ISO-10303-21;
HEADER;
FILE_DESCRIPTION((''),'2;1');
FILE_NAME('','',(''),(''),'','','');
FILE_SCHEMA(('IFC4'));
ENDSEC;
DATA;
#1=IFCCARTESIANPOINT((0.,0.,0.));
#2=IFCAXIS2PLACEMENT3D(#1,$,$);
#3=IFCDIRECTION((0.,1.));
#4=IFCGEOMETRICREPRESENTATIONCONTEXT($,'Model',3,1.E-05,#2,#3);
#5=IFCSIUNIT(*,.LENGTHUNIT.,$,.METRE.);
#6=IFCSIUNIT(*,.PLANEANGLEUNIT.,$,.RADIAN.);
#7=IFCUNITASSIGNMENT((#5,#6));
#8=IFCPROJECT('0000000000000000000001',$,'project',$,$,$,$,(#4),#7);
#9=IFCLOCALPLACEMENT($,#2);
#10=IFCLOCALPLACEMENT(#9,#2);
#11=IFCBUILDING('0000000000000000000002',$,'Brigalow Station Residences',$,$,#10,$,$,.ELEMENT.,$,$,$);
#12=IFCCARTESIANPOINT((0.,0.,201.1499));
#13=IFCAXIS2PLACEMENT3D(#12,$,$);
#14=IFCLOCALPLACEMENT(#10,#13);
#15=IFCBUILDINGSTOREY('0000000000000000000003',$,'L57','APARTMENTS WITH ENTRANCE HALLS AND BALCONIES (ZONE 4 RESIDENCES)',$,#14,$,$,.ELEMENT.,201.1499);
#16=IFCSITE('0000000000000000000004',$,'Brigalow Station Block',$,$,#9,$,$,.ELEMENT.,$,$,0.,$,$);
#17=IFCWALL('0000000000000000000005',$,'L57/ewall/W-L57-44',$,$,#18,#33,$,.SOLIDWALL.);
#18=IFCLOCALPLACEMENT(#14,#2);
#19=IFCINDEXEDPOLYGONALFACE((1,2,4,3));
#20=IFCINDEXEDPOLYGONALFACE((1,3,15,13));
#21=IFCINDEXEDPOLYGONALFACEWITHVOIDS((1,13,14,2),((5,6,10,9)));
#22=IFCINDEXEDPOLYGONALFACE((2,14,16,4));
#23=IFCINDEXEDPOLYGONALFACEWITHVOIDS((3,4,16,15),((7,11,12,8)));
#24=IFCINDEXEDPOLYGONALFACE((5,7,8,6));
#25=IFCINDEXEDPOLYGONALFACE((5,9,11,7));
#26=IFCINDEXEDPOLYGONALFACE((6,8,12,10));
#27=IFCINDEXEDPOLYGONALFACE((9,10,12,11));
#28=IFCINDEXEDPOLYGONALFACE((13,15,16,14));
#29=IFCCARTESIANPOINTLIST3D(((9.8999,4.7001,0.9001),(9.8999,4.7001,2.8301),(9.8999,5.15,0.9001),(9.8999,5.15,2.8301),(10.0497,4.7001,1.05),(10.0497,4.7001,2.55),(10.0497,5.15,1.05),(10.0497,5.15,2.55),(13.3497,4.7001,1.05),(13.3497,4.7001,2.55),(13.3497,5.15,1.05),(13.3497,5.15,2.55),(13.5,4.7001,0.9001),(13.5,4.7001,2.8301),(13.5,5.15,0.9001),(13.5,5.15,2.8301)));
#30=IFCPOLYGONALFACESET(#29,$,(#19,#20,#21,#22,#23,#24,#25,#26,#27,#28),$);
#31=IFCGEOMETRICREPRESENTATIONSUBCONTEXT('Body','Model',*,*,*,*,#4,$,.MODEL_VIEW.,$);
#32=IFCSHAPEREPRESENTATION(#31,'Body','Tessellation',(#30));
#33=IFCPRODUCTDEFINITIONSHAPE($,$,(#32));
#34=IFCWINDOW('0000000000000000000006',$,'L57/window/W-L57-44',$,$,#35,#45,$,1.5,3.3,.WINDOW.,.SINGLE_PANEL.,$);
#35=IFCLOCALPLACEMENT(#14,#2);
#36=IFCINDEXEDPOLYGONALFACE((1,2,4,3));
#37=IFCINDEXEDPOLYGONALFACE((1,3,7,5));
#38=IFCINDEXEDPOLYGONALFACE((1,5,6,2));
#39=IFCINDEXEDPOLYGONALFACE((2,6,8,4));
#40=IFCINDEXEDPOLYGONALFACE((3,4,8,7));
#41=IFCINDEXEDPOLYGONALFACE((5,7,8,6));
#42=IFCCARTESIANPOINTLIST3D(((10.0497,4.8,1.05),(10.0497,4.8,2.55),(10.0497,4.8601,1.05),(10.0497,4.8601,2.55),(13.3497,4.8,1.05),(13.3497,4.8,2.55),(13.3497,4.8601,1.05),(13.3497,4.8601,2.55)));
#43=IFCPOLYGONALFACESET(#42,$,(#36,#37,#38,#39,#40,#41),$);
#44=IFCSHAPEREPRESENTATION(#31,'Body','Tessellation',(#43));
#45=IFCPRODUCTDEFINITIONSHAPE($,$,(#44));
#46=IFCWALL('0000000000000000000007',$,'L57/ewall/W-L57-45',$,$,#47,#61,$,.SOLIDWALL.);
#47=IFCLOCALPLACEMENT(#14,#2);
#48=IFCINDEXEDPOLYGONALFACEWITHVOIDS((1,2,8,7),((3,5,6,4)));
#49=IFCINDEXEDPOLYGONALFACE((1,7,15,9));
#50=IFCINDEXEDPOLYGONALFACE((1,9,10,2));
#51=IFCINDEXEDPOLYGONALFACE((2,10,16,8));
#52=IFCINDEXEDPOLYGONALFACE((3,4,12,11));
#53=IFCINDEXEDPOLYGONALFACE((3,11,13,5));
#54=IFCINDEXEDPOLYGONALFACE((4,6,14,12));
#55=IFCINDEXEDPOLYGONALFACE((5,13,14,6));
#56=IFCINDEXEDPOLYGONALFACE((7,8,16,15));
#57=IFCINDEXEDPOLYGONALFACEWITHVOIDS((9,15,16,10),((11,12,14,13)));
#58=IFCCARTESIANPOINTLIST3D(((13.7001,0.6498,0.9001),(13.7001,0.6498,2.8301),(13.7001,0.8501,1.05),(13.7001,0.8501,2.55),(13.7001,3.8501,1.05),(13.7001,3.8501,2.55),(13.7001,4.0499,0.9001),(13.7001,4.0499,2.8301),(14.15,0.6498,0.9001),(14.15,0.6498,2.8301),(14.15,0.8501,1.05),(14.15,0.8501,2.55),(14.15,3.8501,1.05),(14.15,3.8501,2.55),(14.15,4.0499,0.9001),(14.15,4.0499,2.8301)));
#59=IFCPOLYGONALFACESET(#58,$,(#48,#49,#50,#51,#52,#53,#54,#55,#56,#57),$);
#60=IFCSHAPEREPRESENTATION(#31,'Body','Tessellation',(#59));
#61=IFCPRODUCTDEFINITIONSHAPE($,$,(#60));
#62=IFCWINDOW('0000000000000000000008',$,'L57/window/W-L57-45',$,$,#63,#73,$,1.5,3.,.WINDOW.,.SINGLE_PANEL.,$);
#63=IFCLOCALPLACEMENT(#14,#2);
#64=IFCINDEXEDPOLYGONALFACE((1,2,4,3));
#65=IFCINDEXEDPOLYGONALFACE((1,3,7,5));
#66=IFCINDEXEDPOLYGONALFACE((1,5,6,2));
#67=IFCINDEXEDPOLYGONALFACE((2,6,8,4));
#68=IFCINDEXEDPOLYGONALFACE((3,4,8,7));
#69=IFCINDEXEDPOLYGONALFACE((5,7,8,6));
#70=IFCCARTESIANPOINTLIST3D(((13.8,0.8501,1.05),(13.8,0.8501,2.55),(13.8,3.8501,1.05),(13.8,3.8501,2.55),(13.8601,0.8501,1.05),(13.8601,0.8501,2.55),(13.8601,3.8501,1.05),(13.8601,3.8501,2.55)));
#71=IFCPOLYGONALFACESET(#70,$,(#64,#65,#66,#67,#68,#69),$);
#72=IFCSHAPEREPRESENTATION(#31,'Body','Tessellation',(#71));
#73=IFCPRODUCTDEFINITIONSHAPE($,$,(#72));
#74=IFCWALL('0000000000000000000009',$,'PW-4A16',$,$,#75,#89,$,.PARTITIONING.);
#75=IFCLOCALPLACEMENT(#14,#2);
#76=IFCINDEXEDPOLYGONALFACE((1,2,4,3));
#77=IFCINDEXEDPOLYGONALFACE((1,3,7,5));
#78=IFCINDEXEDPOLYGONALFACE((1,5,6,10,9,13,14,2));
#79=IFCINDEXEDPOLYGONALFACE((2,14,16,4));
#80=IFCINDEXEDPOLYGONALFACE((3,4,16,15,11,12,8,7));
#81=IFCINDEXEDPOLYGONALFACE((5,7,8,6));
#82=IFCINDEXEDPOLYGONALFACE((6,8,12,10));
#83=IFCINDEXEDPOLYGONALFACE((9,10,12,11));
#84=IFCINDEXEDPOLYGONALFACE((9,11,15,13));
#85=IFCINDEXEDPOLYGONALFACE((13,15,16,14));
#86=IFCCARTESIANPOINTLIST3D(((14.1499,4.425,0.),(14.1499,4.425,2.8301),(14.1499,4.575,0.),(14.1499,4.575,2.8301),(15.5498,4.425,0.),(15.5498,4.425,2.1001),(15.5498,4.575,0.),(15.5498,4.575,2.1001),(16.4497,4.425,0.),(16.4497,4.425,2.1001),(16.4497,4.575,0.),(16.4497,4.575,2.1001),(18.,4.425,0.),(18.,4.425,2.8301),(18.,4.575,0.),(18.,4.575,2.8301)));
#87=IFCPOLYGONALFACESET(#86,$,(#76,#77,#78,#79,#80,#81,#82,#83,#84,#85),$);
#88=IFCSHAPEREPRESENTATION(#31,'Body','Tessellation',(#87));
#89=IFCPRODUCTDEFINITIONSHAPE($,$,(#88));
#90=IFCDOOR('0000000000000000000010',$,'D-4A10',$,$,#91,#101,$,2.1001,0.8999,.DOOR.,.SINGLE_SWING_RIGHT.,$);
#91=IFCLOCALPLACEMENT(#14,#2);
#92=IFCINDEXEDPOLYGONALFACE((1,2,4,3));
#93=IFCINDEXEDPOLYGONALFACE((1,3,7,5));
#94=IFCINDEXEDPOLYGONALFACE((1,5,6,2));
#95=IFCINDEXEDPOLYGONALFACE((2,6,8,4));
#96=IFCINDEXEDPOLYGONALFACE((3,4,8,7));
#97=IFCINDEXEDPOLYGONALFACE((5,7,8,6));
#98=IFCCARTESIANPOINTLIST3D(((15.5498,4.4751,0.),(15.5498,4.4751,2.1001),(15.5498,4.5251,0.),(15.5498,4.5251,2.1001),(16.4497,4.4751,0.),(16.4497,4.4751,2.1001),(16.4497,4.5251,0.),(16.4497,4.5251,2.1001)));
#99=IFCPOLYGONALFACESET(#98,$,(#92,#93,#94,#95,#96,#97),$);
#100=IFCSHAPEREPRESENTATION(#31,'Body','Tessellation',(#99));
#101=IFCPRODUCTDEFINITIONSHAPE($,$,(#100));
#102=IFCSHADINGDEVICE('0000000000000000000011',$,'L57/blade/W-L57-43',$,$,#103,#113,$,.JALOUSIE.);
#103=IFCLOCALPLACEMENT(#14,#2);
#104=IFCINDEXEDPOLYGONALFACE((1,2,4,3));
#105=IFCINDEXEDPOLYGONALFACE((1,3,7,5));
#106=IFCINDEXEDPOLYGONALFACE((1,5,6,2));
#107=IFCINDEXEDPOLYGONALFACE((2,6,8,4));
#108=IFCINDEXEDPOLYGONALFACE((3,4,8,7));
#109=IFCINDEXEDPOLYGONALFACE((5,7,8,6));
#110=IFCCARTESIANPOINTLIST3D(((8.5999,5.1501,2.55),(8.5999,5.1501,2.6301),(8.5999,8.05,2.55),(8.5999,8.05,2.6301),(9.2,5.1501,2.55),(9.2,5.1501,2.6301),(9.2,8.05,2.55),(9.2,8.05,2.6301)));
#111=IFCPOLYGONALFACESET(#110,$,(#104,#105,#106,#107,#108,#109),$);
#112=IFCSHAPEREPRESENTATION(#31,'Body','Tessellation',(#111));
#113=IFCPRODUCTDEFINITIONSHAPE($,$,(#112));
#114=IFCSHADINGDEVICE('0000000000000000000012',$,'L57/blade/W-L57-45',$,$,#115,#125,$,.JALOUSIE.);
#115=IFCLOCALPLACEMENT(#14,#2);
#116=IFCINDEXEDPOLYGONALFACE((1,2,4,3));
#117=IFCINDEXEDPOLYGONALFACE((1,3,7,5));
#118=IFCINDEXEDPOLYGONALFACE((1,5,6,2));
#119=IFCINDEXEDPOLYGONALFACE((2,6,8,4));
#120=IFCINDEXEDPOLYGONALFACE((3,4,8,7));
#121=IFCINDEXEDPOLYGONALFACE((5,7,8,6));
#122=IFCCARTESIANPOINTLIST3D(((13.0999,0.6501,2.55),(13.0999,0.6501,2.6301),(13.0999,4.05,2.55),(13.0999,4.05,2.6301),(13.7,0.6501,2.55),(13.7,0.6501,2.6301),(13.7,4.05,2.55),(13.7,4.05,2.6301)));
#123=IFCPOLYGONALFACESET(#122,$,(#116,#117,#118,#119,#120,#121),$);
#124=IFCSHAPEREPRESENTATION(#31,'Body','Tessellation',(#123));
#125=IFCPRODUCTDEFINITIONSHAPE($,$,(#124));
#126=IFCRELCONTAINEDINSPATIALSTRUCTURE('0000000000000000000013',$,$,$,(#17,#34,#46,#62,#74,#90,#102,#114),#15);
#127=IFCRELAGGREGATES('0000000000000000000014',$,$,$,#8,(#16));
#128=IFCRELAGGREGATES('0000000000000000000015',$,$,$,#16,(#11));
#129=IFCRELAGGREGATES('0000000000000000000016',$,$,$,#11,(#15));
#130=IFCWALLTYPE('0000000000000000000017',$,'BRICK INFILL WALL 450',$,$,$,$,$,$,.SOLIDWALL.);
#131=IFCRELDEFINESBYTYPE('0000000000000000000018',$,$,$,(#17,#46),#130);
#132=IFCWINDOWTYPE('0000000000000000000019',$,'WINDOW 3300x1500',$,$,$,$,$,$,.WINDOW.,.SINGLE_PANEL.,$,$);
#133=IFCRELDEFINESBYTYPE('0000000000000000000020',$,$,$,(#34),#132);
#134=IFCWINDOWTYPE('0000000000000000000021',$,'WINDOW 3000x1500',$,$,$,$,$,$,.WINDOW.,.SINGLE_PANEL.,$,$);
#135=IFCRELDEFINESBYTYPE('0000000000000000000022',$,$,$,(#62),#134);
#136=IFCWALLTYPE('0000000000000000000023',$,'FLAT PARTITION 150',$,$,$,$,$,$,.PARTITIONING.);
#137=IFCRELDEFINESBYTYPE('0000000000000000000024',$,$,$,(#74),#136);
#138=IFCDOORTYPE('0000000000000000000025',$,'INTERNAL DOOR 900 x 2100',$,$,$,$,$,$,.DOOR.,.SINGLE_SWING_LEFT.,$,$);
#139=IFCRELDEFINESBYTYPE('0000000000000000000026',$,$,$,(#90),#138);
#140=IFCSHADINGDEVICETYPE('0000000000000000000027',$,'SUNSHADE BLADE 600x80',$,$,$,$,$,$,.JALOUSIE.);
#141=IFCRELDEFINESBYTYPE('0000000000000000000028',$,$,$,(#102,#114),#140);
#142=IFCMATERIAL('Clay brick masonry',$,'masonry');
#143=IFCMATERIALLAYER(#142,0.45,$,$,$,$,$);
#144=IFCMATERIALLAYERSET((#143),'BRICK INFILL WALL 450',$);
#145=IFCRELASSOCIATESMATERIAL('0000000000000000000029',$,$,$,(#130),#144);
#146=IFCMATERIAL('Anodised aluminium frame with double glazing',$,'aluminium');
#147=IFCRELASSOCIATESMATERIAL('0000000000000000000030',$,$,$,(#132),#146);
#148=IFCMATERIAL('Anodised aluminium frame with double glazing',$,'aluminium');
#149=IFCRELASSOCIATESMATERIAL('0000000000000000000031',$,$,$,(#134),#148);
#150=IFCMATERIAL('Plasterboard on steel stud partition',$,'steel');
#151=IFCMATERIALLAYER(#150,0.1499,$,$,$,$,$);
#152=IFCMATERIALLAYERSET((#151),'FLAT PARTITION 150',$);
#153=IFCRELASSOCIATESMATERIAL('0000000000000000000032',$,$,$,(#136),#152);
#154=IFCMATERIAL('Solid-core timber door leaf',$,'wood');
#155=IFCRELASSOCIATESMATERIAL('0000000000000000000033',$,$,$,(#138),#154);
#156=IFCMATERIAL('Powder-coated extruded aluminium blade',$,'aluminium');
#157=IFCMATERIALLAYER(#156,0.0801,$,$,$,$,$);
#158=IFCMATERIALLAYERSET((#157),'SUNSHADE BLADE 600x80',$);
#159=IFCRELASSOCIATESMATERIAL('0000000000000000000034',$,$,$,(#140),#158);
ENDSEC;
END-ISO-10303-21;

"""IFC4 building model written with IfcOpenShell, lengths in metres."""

from ifc_helpers import new_model, si_unit, direction, frame, frame_2d, origin, origin_2d, place, context, subcontext, project, spatial, rectangle, extrude, material, layer, layer_set, type_object, element, fill, save


model = new_model("IFC4")

# Units and contexts
model_context = context("Model", 3, precision=1e-05, world=origin(), true_north=direction((0.0, 1.0)))
body_context = subcontext(model_context, "Body", "Model", "MODEL_VIEW")
ifc_project = project(units=[si_unit("LENGTHUNIT", "METRE"), si_unit("PLANEANGLEUNIT", "RADIAN")], contexts=[model_context])

# Site, building, storey
site_placement = place(None, origin())
site = spatial("IfcSite", under=ifc_project, at=site_placement, Name="Brigalow Station Block", CompositionType="ELEMENT", RefElevation=0.0)
building_placement = place(site_placement, origin())
building = spatial("IfcBuilding", under=site, at=building_placement, Name="Brigalow Station Residences", CompositionType="ELEMENT")
storey_placement = place(building_placement, frame((0.0, 0.0, 201.1499)))
storey = spatial("IfcBuildingStorey", under=building, at=storey_placement, Name="L57", Description="APARTMENTS WITH ENTRANCE HALLS AND BALCONIES (ZONE 4 RESIDENCES)", CompositionType="ELEMENT", Elevation=201.1499)

# Walls, openings, windows
ifc_material_1 = material(Name="Clay brick masonry", Category="masonry")
ifc_layer_1 = layer(ifc_material_1, 0.45)
ifc_layer_set_1 = layer_set([ifc_layer_1], Name="BRICK INFILL WALL 450")
wall_type_1 = type_object("IfcWallType", Name="BRICK INFILL WALL 450", PredefinedType="SOLIDWALL", material=ifc_layer_set_1)
wall_1_placement = place(storey_placement, frame((9.8999, 4.925, 0.9001), z_axis=(0.0, 0.0, 1.0), x_axis=(1.0, 0.0, 0.0)))
wall_1 = element("IfcWall", 1, at=wall_1_placement, inside=storey, type_object=wall_type_1, Name="L57/ewall/W-L57-44", PredefinedType="SOLIDWALL", context=body_context, shape_type="SweptSolid", body=[
    extrude(rectangle(XDim=3.6001, YDim=0.45, at=frame_2d((1.8, 0.0))), origin(), (0.0, 0.0, 1.0), 1.9299),
])
opening_1_placement = place(wall_1_placement, frame((0.1499, 0.0, 0.1499)))
opening_1 = element("IfcOpeningElement", 2, at=opening_1_placement, cuts=wall_1, PredefinedType="OPENING", context=body_context, shape_type="SweptSolid", body=[
    extrude(rectangle(XDim=3.3, YDim=1.5, at=frame_2d((1.6499, 0.75))), frame((0.0, 0.2349, 0.0), z_axis=(0.0, -1.0, 0.0), x_axis=(1.0, 0.0, 0.0)), (0.0, 0.0, 1.0), 0.47),
])
ifc_material_2 = material(Name="Anodised aluminium frame with double glazing", Category="aluminium")
window_type_1 = type_object("IfcWindowType", Name="WINDOW 3300x1500", PartitioningType="SINGLE_PANEL", PredefinedType="WINDOW", material=ifc_material_2)
window_1_placement = place(opening_1_placement, origin())
window_1 = element("IfcWindow", 3, at=window_1_placement, inside=storey, type_object=window_type_1, Name="L57/window/W-L57-44", OverallHeight=1.5, OverallWidth=3.3, PartitioningType="SINGLE_PANEL", PredefinedType="WINDOW", context=body_context, shape_type="SweptSolid", body=[
    extrude(rectangle(XDim=3.3, YDim=1.5, at=frame_2d((1.6499, 0.75))), frame((0.0, -0.0649, 0.0), z_axis=(0.0, -1.0, 0.0), x_axis=(1.0, 0.0, 0.0)), (0.0, 0.0, 1.0), 0.0601),
])
fill(opening_1, window_1)
wall_2_placement = place(storey_placement, frame((13.925, 4.05, 0.9001), z_axis=(0.0, 0.0, 1.0), x_axis=(0.0, -1.0, 0.0)))
wall_2 = element("IfcWall", 4, at=wall_2_placement, inside=storey, type_object=wall_type_1, Name="L57/ewall/W-L57-45", PredefinedType="SOLIDWALL", context=body_context, shape_type="SweptSolid", body=[
    extrude(rectangle(XDim=3.4001, YDim=0.45, at=frame_2d((1.7002, 0.0))), origin(), (0.0, 0.0, 1.0), 1.9299),
])
opening_2_placement = place(wall_2_placement, frame((0.2, 0.0, 0.1499)))
opening_2 = element("IfcOpeningElement", 5, at=opening_2_placement, cuts=wall_2, PredefinedType="OPENING", context=body_context, shape_type="SweptSolid", body=[
    extrude(rectangle(XDim=3.0, YDim=1.5, at=frame_2d((1.5, 0.75))), frame((0.0, 0.2349, 0.0), z_axis=(0.0, -1.0, 0.0), x_axis=(1.0, 0.0, 0.0)), (0.0, 0.0, 1.0), 0.47),
])
ifc_material_3 = material(Name="Anodised aluminium frame with double glazing", Category="aluminium")
window_type_2 = type_object("IfcWindowType", Name="WINDOW 3000x1500", PartitioningType="SINGLE_PANEL", PredefinedType="WINDOW", material=ifc_material_3)
window_2_placement = place(opening_2_placement, origin())
window_2 = element("IfcWindow", 6, at=window_2_placement, inside=storey, type_object=window_type_2, Name="L57/window/W-L57-45", OverallHeight=1.5, OverallWidth=3.0, PartitioningType="SINGLE_PANEL", PredefinedType="WINDOW", context=body_context, shape_type="SweptSolid", body=[
    extrude(rectangle(XDim=3.0, YDim=1.5, at=frame_2d((1.5, 0.75))), frame((0.0, -0.0649, 0.0), z_axis=(0.0, -1.0, 0.0), x_axis=(1.0, 0.0, 0.0)), (0.0, 0.0, 1.0), 0.0601),
])
fill(opening_2, window_2)

# Wall, opening, door
ifc_material_4 = material(Name="Plasterboard on steel stud partition", Category="steel")
ifc_layer_2 = layer(ifc_material_4, 0.1499)
ifc_layer_set_2 = layer_set([ifc_layer_2], Name="FLAT PARTITION 150")
wall_type_2 = type_object("IfcWallType", Name="FLAT PARTITION 150", PredefinedType="PARTITIONING", material=ifc_layer_set_2)
wall_3_placement = place(storey_placement, frame((14.1499, 4.5, 0.0), z_axis=(0.0, 0.0, 1.0), x_axis=(1.0, 0.0, 0.0)))
wall_3 = element("IfcWall", 7, at=wall_3_placement, inside=storey, type_object=wall_type_2, Name="PW-4A16", PredefinedType="PARTITIONING", context=body_context, shape_type="SweptSolid", body=[
    extrude(rectangle(XDim=3.8501, YDim=0.1499, at=frame_2d((1.925, 0.0))), origin(), (0.0, 0.0, 1.0), 2.8301),
])
opening_3_placement = place(wall_3_placement, frame((1.3999, 0.0, 0.0)))
opening_3 = element("IfcOpeningElement", 8, at=opening_3_placement, cuts=wall_3, PredefinedType="OPENING", context=body_context, shape_type="SweptSolid", body=[
    extrude(rectangle(XDim=0.8999, YDim=2.1001, at=frame_2d((0.45, 1.05))), frame((0.0, 0.085, 0.0), z_axis=(0.0, -1.0, 0.0), x_axis=(1.0, 0.0, 0.0)), (0.0, 0.0, 1.0), 0.1699),
])
ifc_material_5 = material(Name="Solid-core timber door leaf", Category="wood")
door_type = type_object("IfcDoorType", Name="INTERNAL DOOR 900 x 2100", OperationType="SINGLE_SWING_LEFT", PredefinedType="DOOR", material=ifc_material_5)
door_placement = place(opening_3_placement, frame((0.8999, 0.0, 0.0), z_axis=(0.0, 0.0, 1.0), x_axis=(-1.0, 0.0, 0.0)))
door = element("IfcDoor", 9, at=door_placement, inside=storey, type_object=door_type, Name="D-4A10", OperationType="SINGLE_SWING_RIGHT", OverallHeight=2.1001, OverallWidth=0.8999, PredefinedType="DOOR", context=body_context, shape_type="SweptSolid", body=[
    extrude(rectangle(XDim=0.8999, YDim=2.1001, at=frame_2d((0.45, 1.05))), frame((0.0, 0.0249, 0.0), z_axis=(0.0, -1.0, 0.0), x_axis=(1.0, 0.0, 0.0)), (0.0, 0.0, 1.0), 0.05),
])
fill(opening_3, door)

# Shading devices
ifc_material_6 = material(Name="Powder-coated extruded aluminium blade", Category="aluminium")
ifc_layer_3 = layer(ifc_material_6, 0.0801)
ifc_layer_set_3 = layer_set([ifc_layer_3], Name="SUNSHADE BLADE 600x80")
shading_device_type = type_object("IfcShadingDeviceType", Name="SUNSHADE BLADE 600x80", PredefinedType="JALOUSIE", material=ifc_layer_set_3)
shading_device_1_placement = place(storey_placement, frame((8.8999, 6.6001, 2.55), z_axis=(0.0, 0.0, 1.0), x_axis=(0.0, -1.0, 0.0)))
element("IfcShadingDevice", 10, at=shading_device_1_placement, inside=storey, type_object=shading_device_type, Name="L57/blade/W-L57-43", PredefinedType="JALOUSIE", context=body_context, shape_type="SweptSolid", body=[
    extrude(rectangle(XDim=2.8999, YDim=0.6001, at=origin_2d()), origin(), (0.0, 0.0, 1.0), 0.0801),
])
shading_device_2_placement = place(storey_placement, frame((13.3999, 2.3501, 2.55), z_axis=(0.0, 0.0, 1.0), x_axis=(0.0, -1.0, 0.0)))
element("IfcShadingDevice", 11, at=shading_device_2_placement, inside=storey, type_object=shading_device_type, Name="L57/blade/W-L57-45", PredefinedType="JALOUSIE", context=body_context, shape_type="SweptSolid", body=[
    extrude(rectangle(XDim=3.3999, YDim=0.6001, at=origin_2d()), origin(), (0.0, 0.0, 1.0), 0.0801),
])

save(model, "model.ifc")
